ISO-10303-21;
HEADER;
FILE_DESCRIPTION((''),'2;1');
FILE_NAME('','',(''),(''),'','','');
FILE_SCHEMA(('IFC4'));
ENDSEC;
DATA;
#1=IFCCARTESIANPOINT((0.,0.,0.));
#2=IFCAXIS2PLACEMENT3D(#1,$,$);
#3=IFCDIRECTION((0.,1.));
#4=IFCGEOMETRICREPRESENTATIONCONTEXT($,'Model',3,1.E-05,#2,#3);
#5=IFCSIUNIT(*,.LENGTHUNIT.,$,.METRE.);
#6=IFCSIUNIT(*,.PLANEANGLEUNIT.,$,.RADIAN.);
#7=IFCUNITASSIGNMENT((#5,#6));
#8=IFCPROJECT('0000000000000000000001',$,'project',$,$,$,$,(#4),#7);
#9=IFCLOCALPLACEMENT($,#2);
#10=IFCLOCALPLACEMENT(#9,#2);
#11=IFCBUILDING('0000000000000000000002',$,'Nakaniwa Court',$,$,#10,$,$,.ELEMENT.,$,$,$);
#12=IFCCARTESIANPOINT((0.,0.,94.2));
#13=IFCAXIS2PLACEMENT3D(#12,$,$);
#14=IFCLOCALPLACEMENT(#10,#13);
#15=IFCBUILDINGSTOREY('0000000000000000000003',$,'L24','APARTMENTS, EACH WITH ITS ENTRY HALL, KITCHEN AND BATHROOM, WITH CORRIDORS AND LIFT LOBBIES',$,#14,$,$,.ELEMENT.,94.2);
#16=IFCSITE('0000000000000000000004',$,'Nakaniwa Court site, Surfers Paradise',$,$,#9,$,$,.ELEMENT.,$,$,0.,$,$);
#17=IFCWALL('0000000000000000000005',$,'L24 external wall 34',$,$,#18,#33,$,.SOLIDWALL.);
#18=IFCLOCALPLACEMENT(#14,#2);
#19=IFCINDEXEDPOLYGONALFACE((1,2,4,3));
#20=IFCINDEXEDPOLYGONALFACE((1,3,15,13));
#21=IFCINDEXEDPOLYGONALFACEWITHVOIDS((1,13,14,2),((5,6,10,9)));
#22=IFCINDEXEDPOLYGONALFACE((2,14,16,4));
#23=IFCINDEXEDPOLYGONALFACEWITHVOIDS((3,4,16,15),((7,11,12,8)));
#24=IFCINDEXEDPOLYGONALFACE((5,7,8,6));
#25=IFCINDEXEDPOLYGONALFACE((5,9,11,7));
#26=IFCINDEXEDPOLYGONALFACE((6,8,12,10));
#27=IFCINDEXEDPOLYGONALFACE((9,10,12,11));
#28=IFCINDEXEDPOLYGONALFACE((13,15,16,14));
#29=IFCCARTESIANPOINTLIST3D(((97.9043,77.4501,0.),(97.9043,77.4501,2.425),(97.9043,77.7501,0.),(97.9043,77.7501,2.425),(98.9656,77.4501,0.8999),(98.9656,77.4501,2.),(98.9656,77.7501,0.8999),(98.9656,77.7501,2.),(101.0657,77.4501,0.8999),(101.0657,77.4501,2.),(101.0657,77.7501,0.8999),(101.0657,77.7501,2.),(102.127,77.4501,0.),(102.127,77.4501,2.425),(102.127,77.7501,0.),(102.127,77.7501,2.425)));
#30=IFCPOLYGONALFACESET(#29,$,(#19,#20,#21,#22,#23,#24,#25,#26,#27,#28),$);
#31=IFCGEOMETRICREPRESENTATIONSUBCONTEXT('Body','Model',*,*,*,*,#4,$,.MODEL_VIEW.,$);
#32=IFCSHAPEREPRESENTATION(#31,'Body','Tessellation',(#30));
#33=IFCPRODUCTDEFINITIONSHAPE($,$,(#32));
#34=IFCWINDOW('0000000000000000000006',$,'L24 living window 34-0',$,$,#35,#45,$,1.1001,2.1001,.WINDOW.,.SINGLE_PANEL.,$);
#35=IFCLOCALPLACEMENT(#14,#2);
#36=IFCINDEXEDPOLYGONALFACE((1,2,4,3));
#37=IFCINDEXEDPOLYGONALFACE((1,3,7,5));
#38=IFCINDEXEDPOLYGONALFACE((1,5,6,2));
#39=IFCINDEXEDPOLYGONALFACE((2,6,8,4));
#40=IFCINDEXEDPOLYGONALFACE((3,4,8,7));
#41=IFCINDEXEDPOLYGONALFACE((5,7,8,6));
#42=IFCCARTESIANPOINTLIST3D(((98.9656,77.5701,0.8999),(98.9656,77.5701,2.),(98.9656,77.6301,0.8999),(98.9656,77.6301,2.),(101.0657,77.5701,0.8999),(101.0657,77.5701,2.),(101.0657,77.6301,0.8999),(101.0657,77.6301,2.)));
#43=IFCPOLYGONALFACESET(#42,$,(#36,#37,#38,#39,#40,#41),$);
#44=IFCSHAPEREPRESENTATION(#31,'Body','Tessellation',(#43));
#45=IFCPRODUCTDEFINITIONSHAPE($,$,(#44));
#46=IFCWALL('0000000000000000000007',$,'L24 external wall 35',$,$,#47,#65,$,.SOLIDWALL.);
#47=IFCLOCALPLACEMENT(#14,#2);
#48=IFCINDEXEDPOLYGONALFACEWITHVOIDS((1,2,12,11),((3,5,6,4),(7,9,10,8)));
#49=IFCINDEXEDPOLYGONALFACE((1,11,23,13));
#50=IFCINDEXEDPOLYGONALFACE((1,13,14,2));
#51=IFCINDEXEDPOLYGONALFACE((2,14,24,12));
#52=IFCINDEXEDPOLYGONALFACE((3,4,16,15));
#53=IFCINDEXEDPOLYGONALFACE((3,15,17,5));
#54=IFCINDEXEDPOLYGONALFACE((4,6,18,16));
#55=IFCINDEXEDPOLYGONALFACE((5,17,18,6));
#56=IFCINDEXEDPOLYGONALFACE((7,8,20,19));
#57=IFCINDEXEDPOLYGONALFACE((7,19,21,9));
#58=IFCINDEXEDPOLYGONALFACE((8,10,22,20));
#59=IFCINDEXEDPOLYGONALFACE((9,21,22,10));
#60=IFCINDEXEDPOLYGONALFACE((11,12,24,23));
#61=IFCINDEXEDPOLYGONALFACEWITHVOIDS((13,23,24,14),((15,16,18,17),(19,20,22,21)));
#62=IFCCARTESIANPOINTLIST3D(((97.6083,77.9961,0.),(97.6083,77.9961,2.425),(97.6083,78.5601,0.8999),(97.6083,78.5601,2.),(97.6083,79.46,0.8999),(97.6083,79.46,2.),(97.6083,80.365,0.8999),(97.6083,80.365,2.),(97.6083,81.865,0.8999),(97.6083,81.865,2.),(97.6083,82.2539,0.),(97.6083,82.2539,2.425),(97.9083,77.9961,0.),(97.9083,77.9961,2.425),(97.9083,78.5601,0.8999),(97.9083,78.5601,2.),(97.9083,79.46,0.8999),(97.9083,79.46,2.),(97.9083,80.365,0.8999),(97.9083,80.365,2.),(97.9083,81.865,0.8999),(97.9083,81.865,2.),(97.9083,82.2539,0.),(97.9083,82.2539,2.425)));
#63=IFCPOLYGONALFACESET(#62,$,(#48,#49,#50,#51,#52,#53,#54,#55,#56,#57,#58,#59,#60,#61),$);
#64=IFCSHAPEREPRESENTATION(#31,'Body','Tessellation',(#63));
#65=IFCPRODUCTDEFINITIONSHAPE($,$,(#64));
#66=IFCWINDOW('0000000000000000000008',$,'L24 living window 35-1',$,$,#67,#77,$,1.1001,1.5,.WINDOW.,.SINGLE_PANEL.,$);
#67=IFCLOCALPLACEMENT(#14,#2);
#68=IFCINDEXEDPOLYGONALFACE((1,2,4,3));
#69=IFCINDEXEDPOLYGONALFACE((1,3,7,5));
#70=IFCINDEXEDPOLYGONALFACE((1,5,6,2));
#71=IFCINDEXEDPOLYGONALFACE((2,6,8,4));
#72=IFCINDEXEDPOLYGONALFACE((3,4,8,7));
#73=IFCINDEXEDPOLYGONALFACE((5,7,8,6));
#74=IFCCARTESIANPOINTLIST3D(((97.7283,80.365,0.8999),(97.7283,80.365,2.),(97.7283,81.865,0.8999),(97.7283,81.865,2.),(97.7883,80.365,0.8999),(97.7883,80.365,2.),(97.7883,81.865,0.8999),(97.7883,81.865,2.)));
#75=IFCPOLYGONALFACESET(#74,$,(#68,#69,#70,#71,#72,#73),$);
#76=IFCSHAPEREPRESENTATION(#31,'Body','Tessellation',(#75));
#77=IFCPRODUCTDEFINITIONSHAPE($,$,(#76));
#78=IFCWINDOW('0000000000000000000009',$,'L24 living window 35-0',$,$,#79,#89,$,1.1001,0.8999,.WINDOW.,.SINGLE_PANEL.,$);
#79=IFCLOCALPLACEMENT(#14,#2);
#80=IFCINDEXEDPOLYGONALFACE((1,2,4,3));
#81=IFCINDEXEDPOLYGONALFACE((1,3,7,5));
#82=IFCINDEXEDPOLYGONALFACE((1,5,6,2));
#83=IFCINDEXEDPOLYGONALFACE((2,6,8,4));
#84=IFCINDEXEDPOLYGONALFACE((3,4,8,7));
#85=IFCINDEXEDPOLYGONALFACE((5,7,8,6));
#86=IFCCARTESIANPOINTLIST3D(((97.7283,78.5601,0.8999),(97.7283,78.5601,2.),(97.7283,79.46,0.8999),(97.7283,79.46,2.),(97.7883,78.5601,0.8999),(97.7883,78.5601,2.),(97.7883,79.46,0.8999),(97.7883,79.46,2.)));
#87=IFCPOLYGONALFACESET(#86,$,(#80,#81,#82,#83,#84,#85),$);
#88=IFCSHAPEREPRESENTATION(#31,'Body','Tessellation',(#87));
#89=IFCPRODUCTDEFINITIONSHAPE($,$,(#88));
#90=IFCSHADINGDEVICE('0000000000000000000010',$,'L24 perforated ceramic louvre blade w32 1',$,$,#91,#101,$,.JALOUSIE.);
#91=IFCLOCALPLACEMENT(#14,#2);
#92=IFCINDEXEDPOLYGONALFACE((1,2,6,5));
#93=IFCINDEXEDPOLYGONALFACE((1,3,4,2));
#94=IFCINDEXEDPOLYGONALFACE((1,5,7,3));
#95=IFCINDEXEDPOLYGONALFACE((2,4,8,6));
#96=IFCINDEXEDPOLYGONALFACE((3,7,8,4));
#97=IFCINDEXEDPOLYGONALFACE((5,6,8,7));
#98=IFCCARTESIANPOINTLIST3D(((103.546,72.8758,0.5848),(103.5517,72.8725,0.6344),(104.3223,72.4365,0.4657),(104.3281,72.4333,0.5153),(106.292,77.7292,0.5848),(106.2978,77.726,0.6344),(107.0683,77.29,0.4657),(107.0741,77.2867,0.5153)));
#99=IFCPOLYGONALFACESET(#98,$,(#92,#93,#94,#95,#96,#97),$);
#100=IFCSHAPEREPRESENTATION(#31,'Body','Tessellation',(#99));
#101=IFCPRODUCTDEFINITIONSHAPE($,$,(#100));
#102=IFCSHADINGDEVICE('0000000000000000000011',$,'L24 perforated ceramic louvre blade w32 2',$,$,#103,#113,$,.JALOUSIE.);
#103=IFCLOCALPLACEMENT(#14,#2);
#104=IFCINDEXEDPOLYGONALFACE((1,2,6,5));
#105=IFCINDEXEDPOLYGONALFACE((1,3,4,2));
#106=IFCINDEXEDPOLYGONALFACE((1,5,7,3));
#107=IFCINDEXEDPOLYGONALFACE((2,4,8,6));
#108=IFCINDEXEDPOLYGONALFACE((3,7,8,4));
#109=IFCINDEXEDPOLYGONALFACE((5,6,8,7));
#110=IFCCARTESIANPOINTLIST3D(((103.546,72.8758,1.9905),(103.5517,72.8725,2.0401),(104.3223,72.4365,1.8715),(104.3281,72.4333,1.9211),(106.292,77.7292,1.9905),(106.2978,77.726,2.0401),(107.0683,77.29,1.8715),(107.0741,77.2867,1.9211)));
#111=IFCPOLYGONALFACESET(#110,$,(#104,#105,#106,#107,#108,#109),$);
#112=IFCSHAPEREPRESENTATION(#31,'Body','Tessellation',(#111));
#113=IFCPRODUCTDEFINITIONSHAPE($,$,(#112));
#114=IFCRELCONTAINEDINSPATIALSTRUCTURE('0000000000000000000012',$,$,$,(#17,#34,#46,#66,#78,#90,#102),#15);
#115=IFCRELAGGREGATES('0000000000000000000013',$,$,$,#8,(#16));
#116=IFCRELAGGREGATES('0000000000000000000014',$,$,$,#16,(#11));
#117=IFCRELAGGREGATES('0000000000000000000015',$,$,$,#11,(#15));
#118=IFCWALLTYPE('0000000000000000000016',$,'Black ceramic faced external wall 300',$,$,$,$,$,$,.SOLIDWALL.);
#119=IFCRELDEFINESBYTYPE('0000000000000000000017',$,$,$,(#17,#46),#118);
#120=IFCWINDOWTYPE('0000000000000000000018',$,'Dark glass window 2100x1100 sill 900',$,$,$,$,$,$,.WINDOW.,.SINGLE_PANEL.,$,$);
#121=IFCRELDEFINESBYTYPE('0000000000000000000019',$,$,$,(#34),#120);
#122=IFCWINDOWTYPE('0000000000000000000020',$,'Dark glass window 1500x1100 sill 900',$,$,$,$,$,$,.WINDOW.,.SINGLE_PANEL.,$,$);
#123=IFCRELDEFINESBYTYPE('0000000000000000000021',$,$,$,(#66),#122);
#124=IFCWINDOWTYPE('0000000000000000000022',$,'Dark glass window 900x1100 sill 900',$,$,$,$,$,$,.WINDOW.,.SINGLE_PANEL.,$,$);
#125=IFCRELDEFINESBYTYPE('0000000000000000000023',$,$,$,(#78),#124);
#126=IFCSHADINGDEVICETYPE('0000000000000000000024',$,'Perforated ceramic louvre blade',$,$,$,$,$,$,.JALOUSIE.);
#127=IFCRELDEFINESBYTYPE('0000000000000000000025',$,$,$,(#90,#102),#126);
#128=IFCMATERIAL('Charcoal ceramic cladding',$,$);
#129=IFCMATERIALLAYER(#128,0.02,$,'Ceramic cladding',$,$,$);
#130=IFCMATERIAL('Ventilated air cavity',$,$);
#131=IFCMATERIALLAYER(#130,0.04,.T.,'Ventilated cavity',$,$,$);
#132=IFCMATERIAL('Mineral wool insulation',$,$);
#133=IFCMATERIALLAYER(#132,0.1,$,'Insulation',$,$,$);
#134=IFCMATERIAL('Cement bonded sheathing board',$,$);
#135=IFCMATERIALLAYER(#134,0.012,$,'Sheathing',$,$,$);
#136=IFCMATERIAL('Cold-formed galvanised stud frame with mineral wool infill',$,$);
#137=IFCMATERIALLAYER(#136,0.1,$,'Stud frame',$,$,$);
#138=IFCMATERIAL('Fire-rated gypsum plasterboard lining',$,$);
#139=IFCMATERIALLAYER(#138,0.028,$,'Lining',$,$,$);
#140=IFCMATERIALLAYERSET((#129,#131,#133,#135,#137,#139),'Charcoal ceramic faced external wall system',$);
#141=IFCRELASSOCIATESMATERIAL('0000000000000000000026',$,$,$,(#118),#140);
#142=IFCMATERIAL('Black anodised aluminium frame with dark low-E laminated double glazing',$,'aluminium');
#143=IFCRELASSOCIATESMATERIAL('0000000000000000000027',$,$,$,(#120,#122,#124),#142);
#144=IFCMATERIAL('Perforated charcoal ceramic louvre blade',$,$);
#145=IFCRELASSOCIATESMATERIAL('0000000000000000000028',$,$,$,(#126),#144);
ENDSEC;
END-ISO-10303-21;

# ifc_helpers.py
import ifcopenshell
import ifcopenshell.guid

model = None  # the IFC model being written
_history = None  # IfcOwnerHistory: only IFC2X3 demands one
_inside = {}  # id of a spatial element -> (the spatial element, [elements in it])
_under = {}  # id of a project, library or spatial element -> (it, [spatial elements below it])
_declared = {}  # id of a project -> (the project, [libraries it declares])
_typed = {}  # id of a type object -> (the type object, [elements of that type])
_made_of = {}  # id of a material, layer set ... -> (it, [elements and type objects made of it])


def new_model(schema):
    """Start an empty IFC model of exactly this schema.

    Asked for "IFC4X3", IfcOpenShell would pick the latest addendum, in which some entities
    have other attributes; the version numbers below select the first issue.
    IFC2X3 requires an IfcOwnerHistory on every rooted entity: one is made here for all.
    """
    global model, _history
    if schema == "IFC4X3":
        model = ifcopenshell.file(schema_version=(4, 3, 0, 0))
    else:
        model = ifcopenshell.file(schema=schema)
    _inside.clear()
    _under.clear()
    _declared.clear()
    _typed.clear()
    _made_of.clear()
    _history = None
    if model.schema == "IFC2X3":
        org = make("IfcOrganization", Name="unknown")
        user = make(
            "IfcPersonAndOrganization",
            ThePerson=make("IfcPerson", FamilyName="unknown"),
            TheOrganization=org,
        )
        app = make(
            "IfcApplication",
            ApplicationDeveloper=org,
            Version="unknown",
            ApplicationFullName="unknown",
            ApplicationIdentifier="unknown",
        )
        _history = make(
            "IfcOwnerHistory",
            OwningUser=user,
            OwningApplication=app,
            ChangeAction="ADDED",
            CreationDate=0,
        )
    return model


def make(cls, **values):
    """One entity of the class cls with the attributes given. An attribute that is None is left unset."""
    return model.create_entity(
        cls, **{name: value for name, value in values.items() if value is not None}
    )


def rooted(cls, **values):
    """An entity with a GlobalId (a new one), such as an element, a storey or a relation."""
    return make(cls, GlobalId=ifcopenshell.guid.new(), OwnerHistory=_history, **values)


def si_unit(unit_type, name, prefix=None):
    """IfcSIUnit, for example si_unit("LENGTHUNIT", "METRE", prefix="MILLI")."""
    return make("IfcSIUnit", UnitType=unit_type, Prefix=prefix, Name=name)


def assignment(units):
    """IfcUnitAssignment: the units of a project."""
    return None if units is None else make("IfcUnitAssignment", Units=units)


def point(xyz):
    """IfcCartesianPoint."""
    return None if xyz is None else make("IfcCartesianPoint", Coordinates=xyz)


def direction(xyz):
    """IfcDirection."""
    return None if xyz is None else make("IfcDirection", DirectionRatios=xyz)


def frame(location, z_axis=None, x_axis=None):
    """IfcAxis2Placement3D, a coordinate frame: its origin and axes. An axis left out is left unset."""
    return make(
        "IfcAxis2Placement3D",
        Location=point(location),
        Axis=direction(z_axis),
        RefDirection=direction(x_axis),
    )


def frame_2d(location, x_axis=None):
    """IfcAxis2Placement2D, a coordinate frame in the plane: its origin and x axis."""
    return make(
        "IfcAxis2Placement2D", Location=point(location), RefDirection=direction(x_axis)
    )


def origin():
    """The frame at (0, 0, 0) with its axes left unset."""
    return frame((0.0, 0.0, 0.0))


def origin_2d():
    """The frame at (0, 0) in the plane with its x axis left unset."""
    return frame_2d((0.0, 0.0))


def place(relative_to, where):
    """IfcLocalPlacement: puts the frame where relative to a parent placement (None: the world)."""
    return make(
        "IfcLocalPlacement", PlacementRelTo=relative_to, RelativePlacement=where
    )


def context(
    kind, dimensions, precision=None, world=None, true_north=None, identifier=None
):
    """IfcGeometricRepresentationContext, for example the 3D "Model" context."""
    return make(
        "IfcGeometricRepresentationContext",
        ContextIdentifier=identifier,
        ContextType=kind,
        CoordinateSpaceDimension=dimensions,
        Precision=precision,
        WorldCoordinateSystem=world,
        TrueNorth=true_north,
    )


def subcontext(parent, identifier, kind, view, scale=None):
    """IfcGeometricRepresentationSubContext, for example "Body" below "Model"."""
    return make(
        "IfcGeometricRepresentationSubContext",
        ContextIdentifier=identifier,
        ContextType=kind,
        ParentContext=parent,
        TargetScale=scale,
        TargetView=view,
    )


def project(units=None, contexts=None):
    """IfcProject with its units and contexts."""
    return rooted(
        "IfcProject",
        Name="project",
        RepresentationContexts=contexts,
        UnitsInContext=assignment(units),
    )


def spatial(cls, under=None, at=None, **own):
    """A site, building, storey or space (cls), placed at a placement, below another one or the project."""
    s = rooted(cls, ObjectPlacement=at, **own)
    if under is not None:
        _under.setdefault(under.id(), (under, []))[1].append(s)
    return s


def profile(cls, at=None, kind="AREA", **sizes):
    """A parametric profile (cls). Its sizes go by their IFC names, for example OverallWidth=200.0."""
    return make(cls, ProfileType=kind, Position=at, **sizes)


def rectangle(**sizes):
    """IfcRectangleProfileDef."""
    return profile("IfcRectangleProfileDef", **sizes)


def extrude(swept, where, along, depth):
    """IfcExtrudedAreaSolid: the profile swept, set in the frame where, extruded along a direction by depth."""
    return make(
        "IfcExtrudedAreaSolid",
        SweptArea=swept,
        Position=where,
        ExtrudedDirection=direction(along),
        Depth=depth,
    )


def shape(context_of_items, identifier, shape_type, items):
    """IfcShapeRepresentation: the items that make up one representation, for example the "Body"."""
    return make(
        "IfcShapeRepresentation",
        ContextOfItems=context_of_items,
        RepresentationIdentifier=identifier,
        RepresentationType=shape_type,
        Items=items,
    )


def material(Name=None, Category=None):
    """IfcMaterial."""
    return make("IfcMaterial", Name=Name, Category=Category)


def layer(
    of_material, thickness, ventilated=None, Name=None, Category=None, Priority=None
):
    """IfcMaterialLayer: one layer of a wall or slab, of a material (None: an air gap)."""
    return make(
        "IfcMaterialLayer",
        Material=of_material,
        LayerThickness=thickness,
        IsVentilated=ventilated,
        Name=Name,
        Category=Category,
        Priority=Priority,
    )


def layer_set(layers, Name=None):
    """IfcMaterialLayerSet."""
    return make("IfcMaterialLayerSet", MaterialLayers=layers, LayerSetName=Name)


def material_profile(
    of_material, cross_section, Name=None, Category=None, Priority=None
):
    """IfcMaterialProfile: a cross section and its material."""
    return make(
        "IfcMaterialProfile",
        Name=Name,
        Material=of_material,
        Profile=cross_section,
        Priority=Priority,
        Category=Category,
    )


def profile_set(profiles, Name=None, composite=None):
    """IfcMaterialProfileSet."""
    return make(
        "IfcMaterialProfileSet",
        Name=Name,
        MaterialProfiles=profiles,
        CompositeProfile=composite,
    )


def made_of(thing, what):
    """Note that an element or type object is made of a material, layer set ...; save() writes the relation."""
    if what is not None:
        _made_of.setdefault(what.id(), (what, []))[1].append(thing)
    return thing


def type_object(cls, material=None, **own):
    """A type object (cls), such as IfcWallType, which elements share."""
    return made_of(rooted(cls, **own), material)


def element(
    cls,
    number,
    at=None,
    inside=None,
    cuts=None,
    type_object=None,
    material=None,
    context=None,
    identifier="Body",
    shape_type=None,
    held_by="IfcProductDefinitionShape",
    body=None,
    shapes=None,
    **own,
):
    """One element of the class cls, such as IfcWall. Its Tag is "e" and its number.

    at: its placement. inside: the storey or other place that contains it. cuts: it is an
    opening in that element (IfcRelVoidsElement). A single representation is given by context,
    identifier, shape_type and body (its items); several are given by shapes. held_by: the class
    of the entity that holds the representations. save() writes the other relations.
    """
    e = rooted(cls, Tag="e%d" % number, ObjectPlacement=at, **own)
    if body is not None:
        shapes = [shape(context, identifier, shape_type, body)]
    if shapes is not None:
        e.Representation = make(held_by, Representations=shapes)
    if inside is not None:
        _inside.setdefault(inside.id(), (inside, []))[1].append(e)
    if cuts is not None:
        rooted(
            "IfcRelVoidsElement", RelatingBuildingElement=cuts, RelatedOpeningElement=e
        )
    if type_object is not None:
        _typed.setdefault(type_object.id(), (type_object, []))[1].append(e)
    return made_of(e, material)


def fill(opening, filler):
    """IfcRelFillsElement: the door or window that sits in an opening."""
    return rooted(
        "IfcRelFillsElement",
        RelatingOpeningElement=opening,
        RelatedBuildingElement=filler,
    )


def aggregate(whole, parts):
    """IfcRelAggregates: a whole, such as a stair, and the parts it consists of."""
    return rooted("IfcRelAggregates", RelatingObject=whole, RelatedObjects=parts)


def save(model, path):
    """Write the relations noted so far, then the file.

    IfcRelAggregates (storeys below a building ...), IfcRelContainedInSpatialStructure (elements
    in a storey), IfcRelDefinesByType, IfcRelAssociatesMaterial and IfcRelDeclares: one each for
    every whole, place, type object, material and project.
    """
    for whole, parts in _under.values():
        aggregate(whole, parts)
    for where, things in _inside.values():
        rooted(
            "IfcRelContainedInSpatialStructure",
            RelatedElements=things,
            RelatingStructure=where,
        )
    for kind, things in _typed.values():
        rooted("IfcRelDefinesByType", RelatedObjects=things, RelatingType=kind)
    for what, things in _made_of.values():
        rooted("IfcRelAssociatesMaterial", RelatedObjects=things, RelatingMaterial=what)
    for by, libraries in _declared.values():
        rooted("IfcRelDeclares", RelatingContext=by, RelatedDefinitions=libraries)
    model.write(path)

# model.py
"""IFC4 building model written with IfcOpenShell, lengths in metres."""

from ifc_helpers import new_model, si_unit, direction, frame, frame_2d, origin, origin_2d, place, context, subcontext, project, spatial, rectangle, extrude, material, layer, layer_set, material_profile, profile_set, type_object, element, fill, save


model = new_model("IFC4")

# Units and contexts
model_context = context("Model", 3, precision=1e-05, world=origin(), true_north=direction((0.0, 1.0)))
body_context = subcontext(model_context, "Body", "Model", "MODEL_VIEW")
ifc_project = project(units=[si_unit("LENGTHUNIT", "METRE"), si_unit("PLANEANGLEUNIT", "RADIAN")], contexts=[model_context])

# Site, building, storey
site_placement = place(None, origin())
site = spatial("IfcSite", under=ifc_project, at=site_placement, Name="Nakaniwa Court site, Surfers Paradise", CompositionType="ELEMENT", RefElevation=0.0)
building_placement = place(site_placement, origin())
building = spatial("IfcBuilding", under=site, at=building_placement, Name="Nakaniwa Court", CompositionType="ELEMENT")
storey_placement = place(building_placement, frame((0.0, 0.0, 94.2)))
storey = spatial("IfcBuildingStorey", under=building, at=storey_placement, Name="L24", Description="APARTMENTS, EACH WITH ITS ENTRY HALL, KITCHEN AND BATHROOM, WITH CORRIDORS AND LIFT LOBBIES", CompositionType="ELEMENT", Elevation=94.2)

# Shared definitions
ifc_material_1 = material(Name="Charcoal ceramic cladding")
ifc_layer_1 = layer(ifc_material_1, 0.02, Name="Ceramic cladding")
ifc_material_2 = material(Name="Ventilated air cavity")
ifc_layer_2 = layer(ifc_material_2, 0.04, ventilated=True, Name="Ventilated cavity")
ifc_material_3 = material(Name="Mineral wool insulation")
ifc_layer_3 = layer(ifc_material_3, 0.1, Name="Insulation")
ifc_material_4 = material(Name="Cement bonded sheathing board")
ifc_layer_4 = layer(ifc_material_4, 0.012, Name="Sheathing")
ifc_material_5 = material(Name="Cold-formed galvanised stud frame with mineral wool infill")
ifc_layer_5 = layer(ifc_material_5, 0.1, Name="Stud frame")
ifc_material_6 = material(Name="Fire-rated gypsum plasterboard lining")
ifc_layer_6 = layer(ifc_material_6, 0.028, Name="Lining")
ifc_layer_set = layer_set([ifc_layer_1, ifc_layer_2, ifc_layer_3, ifc_layer_4, ifc_layer_5, ifc_layer_6], Name="Charcoal ceramic faced external wall system")
wall_type = type_object("IfcWallType", Name="Black ceramic faced external wall 300", PredefinedType="SOLIDWALL", material=ifc_layer_set)
ifc_material_7 = material(Name="Black anodised aluminium frame with dark low-E laminated double glazing", Category="aluminium")
window_type_1 = type_object("IfcWindowType", Name="Dark glass window 2100x1100 sill 900", PartitioningType="SINGLE_PANEL", PredefinedType="WINDOW", material=ifc_material_7)

# Wall, opening, window
window_type_2 = type_object("IfcWindowType", Name="Dark glass window 1500x1100 sill 900", PartitioningType="SINGLE_PANEL", PredefinedType="WINDOW", material=ifc_material_7)
wall_1_placement = place(storey_placement, frame((102.127, 77.6001, 0.0), z_axis=(0.0, 0.0, 1.0), x_axis=(-1.0, 0.0, 0.0)))
wall_1 = element("IfcWall", 1, at=wall_1_placement, inside=storey, type_object=wall_type, Name="L24 external wall 34", PredefinedType="SOLIDWALL", context=body_context, shape_type="SweptSolid", body=[
    extrude(rectangle(XDim=4.2227, YDim=0.3, at=frame_2d((2.1113, 0.0))), origin(), (0.0, 0.0, 1.0), 2.425),
])
opening_1_placement = place(wall_1_placement, frame((1.0613, 0.0, 0.8999)))
opening_1 = element("IfcOpeningElement", 2, at=opening_1_placement, cuts=wall_1, PredefinedType="OPENING", context=body_context, shape_type="SweptSolid", body=[
    extrude(rectangle(XDim=2.1001, YDim=1.1001, at=frame_2d((1.05, 0.55))), frame((0.0, 0.1599, 0.0), z_axis=(0.0, -1.0, 0.0), x_axis=(1.0, 0.0, 0.0)), (0.0, 0.0, 1.0), 0.3201),
])
window_1_placement = place(opening_1_placement, origin())
window_1 = element("IfcWindow", 3, at=window_1_placement, inside=storey, type_object=window_type_1, Name="L24 living window 34-0", OverallHeight=1.1001, OverallWidth=2.1001, PartitioningType="SINGLE_PANEL", PredefinedType="WINDOW", context=body_context, shape_type="SweptSolid", body=[
    extrude(rectangle(XDim=2.1001, YDim=1.1001, at=frame_2d((1.05, 0.55))), frame((0.0, 0.03, 0.0), z_axis=(0.0, -1.0, 0.0), x_axis=(1.0, 0.0, 0.0)), (0.0, 0.0, 1.0), 0.0601),
])
fill(opening_1, window_1)

# Wall, openings, windows
wall_2_placement = place(storey_placement, frame((97.7583, 77.9961, 0.0), z_axis=(0.0, 0.0, 1.0), x_axis=(0.0, 1.0, 0.0)))
wall_2 = element("IfcWall", 4, at=wall_2_placement, inside=storey, type_object=wall_type, Name="L24 external wall 35", PredefinedType="SOLIDWALL", context=body_context, shape_type="SweptSolid", body=[
    extrude(rectangle(XDim=4.2578, YDim=0.3, at=frame_2d((2.1289, 0.0))), origin(), (0.0, 0.0, 1.0), 2.425),
])
opening_2_placement = place(wall_2_placement, frame((0.564, 0.0, 0.8999)))
opening_2 = element("IfcOpeningElement", 5, at=opening_2_placement, cuts=wall_2, PredefinedType="OPENING", context=body_context, shape_type="SweptSolid", body=[
    extrude(rectangle(XDim=0.8999, YDim=1.1001, at=frame_2d((0.45, 0.55))), frame((0.0, 0.1599, 0.0), z_axis=(0.0, -1.0, 0.0), x_axis=(1.0, 0.0, 0.0)), (0.0, 0.0, 1.0), 0.3201),
])
opening_3_placement = place(wall_2_placement, frame((2.3689, 0.0, 0.8999)))
opening_3 = element("IfcOpeningElement", 6, at=opening_3_placement, cuts=wall_2, PredefinedType="OPENING", context=body_context, shape_type="SweptSolid", body=[
    extrude(rectangle(XDim=1.5, YDim=1.1001, at=frame_2d((0.75, 0.55))), frame((0.0, 0.1599, 0.0), z_axis=(0.0, -1.0, 0.0), x_axis=(1.0, 0.0, 0.0)), (0.0, 0.0, 1.0), 0.3201),
])
window_2_placement = place(opening_3_placement, origin())
window_2 = element("IfcWindow", 7, at=window_2_placement, inside=storey, type_object=window_type_2, Name="L24 living window 35-1", OverallHeight=1.1001, OverallWidth=1.5, PartitioningType="SINGLE_PANEL", PredefinedType="WINDOW", context=body_context, shape_type="SweptSolid", body=[
    extrude(rectangle(XDim=1.5, YDim=1.1001, at=frame_2d((0.75, 0.55))), frame((0.0, 0.03, 0.0), z_axis=(0.0, -1.0, 0.0), x_axis=(1.0, 0.0, 0.0)), (0.0, 0.0, 1.0), 0.0601),
])
fill(opening_3, window_2)
window_type_3 = type_object("IfcWindowType", Name="Dark glass window 900x1100 sill 900", PartitioningType="SINGLE_PANEL", PredefinedType="WINDOW", material=ifc_material_7)
window_3_placement = place(opening_2_placement, origin())
window_3 = element("IfcWindow", 8, at=window_3_placement, inside=storey, type_object=window_type_3, Name="L24 living window 35-0", OverallHeight=1.1001, OverallWidth=0.8999, PartitioningType="SINGLE_PANEL", PredefinedType="WINDOW", context=body_context, shape_type="SweptSolid", body=[
    extrude(rectangle(XDim=0.8999, YDim=1.1001, at=frame_2d((0.45, 0.55))), frame((0.0, 0.03, 0.0), z_axis=(0.0, -1.0, 0.0), x_axis=(1.0, 0.0, 0.0)), (0.0, 0.0, 1.0), 0.0601),
])
fill(opening_2, window_3)

# Shading devices
ifc_material_8 = material(Name="Perforated charcoal ceramic louvre blade")
ifc_material_profile_1 = material_profile(ifc_material_8, rectangle(XDim=0.8999, YDim=0.05, at=origin_2d()), Name="Perforated ceramic louvre blade")
ifc_profile_set_1 = profile_set([ifc_material_profile_1], Name="Perforated charcoal ceramic louvre blade")
shading_device_type = type_object("IfcShadingDeviceType", Name="Perforated ceramic louvre blade", PredefinedType="JALOUSIE", material=ifc_profile_set_1)
for number, where, z_axis, x_axis, name in (
    (9, (103.937, 72.6545, 0.55), (0.492438, 0.870347, 0.0), (-0.862702, 0.488112, 0.132256), "L24 perforated ceramic louvre blade w32 1"),
    (10, (103.937, 72.6545, 1.9558), (0.492438, 0.870347, 0.0), (-0.862702, 0.488112, 0.132256), "L24 perforated ceramic louvre blade w32 2"),
):
    element("IfcShadingDevice", number, at=place(storey_placement, frame(where, z_axis=z_axis, x_axis=x_axis)), inside=storey, type_object=shading_device_type, Name=name, PredefinedType="JALOUSIE", context=body_context, shape_type="SweptSolid", body=[
        extrude(rectangle(XDim=0.8999, YDim=0.05, at=origin_2d()), origin(), (0.0, 0.0, 1.0), 5.5764),
    ])

save(model, "model.ifc")
